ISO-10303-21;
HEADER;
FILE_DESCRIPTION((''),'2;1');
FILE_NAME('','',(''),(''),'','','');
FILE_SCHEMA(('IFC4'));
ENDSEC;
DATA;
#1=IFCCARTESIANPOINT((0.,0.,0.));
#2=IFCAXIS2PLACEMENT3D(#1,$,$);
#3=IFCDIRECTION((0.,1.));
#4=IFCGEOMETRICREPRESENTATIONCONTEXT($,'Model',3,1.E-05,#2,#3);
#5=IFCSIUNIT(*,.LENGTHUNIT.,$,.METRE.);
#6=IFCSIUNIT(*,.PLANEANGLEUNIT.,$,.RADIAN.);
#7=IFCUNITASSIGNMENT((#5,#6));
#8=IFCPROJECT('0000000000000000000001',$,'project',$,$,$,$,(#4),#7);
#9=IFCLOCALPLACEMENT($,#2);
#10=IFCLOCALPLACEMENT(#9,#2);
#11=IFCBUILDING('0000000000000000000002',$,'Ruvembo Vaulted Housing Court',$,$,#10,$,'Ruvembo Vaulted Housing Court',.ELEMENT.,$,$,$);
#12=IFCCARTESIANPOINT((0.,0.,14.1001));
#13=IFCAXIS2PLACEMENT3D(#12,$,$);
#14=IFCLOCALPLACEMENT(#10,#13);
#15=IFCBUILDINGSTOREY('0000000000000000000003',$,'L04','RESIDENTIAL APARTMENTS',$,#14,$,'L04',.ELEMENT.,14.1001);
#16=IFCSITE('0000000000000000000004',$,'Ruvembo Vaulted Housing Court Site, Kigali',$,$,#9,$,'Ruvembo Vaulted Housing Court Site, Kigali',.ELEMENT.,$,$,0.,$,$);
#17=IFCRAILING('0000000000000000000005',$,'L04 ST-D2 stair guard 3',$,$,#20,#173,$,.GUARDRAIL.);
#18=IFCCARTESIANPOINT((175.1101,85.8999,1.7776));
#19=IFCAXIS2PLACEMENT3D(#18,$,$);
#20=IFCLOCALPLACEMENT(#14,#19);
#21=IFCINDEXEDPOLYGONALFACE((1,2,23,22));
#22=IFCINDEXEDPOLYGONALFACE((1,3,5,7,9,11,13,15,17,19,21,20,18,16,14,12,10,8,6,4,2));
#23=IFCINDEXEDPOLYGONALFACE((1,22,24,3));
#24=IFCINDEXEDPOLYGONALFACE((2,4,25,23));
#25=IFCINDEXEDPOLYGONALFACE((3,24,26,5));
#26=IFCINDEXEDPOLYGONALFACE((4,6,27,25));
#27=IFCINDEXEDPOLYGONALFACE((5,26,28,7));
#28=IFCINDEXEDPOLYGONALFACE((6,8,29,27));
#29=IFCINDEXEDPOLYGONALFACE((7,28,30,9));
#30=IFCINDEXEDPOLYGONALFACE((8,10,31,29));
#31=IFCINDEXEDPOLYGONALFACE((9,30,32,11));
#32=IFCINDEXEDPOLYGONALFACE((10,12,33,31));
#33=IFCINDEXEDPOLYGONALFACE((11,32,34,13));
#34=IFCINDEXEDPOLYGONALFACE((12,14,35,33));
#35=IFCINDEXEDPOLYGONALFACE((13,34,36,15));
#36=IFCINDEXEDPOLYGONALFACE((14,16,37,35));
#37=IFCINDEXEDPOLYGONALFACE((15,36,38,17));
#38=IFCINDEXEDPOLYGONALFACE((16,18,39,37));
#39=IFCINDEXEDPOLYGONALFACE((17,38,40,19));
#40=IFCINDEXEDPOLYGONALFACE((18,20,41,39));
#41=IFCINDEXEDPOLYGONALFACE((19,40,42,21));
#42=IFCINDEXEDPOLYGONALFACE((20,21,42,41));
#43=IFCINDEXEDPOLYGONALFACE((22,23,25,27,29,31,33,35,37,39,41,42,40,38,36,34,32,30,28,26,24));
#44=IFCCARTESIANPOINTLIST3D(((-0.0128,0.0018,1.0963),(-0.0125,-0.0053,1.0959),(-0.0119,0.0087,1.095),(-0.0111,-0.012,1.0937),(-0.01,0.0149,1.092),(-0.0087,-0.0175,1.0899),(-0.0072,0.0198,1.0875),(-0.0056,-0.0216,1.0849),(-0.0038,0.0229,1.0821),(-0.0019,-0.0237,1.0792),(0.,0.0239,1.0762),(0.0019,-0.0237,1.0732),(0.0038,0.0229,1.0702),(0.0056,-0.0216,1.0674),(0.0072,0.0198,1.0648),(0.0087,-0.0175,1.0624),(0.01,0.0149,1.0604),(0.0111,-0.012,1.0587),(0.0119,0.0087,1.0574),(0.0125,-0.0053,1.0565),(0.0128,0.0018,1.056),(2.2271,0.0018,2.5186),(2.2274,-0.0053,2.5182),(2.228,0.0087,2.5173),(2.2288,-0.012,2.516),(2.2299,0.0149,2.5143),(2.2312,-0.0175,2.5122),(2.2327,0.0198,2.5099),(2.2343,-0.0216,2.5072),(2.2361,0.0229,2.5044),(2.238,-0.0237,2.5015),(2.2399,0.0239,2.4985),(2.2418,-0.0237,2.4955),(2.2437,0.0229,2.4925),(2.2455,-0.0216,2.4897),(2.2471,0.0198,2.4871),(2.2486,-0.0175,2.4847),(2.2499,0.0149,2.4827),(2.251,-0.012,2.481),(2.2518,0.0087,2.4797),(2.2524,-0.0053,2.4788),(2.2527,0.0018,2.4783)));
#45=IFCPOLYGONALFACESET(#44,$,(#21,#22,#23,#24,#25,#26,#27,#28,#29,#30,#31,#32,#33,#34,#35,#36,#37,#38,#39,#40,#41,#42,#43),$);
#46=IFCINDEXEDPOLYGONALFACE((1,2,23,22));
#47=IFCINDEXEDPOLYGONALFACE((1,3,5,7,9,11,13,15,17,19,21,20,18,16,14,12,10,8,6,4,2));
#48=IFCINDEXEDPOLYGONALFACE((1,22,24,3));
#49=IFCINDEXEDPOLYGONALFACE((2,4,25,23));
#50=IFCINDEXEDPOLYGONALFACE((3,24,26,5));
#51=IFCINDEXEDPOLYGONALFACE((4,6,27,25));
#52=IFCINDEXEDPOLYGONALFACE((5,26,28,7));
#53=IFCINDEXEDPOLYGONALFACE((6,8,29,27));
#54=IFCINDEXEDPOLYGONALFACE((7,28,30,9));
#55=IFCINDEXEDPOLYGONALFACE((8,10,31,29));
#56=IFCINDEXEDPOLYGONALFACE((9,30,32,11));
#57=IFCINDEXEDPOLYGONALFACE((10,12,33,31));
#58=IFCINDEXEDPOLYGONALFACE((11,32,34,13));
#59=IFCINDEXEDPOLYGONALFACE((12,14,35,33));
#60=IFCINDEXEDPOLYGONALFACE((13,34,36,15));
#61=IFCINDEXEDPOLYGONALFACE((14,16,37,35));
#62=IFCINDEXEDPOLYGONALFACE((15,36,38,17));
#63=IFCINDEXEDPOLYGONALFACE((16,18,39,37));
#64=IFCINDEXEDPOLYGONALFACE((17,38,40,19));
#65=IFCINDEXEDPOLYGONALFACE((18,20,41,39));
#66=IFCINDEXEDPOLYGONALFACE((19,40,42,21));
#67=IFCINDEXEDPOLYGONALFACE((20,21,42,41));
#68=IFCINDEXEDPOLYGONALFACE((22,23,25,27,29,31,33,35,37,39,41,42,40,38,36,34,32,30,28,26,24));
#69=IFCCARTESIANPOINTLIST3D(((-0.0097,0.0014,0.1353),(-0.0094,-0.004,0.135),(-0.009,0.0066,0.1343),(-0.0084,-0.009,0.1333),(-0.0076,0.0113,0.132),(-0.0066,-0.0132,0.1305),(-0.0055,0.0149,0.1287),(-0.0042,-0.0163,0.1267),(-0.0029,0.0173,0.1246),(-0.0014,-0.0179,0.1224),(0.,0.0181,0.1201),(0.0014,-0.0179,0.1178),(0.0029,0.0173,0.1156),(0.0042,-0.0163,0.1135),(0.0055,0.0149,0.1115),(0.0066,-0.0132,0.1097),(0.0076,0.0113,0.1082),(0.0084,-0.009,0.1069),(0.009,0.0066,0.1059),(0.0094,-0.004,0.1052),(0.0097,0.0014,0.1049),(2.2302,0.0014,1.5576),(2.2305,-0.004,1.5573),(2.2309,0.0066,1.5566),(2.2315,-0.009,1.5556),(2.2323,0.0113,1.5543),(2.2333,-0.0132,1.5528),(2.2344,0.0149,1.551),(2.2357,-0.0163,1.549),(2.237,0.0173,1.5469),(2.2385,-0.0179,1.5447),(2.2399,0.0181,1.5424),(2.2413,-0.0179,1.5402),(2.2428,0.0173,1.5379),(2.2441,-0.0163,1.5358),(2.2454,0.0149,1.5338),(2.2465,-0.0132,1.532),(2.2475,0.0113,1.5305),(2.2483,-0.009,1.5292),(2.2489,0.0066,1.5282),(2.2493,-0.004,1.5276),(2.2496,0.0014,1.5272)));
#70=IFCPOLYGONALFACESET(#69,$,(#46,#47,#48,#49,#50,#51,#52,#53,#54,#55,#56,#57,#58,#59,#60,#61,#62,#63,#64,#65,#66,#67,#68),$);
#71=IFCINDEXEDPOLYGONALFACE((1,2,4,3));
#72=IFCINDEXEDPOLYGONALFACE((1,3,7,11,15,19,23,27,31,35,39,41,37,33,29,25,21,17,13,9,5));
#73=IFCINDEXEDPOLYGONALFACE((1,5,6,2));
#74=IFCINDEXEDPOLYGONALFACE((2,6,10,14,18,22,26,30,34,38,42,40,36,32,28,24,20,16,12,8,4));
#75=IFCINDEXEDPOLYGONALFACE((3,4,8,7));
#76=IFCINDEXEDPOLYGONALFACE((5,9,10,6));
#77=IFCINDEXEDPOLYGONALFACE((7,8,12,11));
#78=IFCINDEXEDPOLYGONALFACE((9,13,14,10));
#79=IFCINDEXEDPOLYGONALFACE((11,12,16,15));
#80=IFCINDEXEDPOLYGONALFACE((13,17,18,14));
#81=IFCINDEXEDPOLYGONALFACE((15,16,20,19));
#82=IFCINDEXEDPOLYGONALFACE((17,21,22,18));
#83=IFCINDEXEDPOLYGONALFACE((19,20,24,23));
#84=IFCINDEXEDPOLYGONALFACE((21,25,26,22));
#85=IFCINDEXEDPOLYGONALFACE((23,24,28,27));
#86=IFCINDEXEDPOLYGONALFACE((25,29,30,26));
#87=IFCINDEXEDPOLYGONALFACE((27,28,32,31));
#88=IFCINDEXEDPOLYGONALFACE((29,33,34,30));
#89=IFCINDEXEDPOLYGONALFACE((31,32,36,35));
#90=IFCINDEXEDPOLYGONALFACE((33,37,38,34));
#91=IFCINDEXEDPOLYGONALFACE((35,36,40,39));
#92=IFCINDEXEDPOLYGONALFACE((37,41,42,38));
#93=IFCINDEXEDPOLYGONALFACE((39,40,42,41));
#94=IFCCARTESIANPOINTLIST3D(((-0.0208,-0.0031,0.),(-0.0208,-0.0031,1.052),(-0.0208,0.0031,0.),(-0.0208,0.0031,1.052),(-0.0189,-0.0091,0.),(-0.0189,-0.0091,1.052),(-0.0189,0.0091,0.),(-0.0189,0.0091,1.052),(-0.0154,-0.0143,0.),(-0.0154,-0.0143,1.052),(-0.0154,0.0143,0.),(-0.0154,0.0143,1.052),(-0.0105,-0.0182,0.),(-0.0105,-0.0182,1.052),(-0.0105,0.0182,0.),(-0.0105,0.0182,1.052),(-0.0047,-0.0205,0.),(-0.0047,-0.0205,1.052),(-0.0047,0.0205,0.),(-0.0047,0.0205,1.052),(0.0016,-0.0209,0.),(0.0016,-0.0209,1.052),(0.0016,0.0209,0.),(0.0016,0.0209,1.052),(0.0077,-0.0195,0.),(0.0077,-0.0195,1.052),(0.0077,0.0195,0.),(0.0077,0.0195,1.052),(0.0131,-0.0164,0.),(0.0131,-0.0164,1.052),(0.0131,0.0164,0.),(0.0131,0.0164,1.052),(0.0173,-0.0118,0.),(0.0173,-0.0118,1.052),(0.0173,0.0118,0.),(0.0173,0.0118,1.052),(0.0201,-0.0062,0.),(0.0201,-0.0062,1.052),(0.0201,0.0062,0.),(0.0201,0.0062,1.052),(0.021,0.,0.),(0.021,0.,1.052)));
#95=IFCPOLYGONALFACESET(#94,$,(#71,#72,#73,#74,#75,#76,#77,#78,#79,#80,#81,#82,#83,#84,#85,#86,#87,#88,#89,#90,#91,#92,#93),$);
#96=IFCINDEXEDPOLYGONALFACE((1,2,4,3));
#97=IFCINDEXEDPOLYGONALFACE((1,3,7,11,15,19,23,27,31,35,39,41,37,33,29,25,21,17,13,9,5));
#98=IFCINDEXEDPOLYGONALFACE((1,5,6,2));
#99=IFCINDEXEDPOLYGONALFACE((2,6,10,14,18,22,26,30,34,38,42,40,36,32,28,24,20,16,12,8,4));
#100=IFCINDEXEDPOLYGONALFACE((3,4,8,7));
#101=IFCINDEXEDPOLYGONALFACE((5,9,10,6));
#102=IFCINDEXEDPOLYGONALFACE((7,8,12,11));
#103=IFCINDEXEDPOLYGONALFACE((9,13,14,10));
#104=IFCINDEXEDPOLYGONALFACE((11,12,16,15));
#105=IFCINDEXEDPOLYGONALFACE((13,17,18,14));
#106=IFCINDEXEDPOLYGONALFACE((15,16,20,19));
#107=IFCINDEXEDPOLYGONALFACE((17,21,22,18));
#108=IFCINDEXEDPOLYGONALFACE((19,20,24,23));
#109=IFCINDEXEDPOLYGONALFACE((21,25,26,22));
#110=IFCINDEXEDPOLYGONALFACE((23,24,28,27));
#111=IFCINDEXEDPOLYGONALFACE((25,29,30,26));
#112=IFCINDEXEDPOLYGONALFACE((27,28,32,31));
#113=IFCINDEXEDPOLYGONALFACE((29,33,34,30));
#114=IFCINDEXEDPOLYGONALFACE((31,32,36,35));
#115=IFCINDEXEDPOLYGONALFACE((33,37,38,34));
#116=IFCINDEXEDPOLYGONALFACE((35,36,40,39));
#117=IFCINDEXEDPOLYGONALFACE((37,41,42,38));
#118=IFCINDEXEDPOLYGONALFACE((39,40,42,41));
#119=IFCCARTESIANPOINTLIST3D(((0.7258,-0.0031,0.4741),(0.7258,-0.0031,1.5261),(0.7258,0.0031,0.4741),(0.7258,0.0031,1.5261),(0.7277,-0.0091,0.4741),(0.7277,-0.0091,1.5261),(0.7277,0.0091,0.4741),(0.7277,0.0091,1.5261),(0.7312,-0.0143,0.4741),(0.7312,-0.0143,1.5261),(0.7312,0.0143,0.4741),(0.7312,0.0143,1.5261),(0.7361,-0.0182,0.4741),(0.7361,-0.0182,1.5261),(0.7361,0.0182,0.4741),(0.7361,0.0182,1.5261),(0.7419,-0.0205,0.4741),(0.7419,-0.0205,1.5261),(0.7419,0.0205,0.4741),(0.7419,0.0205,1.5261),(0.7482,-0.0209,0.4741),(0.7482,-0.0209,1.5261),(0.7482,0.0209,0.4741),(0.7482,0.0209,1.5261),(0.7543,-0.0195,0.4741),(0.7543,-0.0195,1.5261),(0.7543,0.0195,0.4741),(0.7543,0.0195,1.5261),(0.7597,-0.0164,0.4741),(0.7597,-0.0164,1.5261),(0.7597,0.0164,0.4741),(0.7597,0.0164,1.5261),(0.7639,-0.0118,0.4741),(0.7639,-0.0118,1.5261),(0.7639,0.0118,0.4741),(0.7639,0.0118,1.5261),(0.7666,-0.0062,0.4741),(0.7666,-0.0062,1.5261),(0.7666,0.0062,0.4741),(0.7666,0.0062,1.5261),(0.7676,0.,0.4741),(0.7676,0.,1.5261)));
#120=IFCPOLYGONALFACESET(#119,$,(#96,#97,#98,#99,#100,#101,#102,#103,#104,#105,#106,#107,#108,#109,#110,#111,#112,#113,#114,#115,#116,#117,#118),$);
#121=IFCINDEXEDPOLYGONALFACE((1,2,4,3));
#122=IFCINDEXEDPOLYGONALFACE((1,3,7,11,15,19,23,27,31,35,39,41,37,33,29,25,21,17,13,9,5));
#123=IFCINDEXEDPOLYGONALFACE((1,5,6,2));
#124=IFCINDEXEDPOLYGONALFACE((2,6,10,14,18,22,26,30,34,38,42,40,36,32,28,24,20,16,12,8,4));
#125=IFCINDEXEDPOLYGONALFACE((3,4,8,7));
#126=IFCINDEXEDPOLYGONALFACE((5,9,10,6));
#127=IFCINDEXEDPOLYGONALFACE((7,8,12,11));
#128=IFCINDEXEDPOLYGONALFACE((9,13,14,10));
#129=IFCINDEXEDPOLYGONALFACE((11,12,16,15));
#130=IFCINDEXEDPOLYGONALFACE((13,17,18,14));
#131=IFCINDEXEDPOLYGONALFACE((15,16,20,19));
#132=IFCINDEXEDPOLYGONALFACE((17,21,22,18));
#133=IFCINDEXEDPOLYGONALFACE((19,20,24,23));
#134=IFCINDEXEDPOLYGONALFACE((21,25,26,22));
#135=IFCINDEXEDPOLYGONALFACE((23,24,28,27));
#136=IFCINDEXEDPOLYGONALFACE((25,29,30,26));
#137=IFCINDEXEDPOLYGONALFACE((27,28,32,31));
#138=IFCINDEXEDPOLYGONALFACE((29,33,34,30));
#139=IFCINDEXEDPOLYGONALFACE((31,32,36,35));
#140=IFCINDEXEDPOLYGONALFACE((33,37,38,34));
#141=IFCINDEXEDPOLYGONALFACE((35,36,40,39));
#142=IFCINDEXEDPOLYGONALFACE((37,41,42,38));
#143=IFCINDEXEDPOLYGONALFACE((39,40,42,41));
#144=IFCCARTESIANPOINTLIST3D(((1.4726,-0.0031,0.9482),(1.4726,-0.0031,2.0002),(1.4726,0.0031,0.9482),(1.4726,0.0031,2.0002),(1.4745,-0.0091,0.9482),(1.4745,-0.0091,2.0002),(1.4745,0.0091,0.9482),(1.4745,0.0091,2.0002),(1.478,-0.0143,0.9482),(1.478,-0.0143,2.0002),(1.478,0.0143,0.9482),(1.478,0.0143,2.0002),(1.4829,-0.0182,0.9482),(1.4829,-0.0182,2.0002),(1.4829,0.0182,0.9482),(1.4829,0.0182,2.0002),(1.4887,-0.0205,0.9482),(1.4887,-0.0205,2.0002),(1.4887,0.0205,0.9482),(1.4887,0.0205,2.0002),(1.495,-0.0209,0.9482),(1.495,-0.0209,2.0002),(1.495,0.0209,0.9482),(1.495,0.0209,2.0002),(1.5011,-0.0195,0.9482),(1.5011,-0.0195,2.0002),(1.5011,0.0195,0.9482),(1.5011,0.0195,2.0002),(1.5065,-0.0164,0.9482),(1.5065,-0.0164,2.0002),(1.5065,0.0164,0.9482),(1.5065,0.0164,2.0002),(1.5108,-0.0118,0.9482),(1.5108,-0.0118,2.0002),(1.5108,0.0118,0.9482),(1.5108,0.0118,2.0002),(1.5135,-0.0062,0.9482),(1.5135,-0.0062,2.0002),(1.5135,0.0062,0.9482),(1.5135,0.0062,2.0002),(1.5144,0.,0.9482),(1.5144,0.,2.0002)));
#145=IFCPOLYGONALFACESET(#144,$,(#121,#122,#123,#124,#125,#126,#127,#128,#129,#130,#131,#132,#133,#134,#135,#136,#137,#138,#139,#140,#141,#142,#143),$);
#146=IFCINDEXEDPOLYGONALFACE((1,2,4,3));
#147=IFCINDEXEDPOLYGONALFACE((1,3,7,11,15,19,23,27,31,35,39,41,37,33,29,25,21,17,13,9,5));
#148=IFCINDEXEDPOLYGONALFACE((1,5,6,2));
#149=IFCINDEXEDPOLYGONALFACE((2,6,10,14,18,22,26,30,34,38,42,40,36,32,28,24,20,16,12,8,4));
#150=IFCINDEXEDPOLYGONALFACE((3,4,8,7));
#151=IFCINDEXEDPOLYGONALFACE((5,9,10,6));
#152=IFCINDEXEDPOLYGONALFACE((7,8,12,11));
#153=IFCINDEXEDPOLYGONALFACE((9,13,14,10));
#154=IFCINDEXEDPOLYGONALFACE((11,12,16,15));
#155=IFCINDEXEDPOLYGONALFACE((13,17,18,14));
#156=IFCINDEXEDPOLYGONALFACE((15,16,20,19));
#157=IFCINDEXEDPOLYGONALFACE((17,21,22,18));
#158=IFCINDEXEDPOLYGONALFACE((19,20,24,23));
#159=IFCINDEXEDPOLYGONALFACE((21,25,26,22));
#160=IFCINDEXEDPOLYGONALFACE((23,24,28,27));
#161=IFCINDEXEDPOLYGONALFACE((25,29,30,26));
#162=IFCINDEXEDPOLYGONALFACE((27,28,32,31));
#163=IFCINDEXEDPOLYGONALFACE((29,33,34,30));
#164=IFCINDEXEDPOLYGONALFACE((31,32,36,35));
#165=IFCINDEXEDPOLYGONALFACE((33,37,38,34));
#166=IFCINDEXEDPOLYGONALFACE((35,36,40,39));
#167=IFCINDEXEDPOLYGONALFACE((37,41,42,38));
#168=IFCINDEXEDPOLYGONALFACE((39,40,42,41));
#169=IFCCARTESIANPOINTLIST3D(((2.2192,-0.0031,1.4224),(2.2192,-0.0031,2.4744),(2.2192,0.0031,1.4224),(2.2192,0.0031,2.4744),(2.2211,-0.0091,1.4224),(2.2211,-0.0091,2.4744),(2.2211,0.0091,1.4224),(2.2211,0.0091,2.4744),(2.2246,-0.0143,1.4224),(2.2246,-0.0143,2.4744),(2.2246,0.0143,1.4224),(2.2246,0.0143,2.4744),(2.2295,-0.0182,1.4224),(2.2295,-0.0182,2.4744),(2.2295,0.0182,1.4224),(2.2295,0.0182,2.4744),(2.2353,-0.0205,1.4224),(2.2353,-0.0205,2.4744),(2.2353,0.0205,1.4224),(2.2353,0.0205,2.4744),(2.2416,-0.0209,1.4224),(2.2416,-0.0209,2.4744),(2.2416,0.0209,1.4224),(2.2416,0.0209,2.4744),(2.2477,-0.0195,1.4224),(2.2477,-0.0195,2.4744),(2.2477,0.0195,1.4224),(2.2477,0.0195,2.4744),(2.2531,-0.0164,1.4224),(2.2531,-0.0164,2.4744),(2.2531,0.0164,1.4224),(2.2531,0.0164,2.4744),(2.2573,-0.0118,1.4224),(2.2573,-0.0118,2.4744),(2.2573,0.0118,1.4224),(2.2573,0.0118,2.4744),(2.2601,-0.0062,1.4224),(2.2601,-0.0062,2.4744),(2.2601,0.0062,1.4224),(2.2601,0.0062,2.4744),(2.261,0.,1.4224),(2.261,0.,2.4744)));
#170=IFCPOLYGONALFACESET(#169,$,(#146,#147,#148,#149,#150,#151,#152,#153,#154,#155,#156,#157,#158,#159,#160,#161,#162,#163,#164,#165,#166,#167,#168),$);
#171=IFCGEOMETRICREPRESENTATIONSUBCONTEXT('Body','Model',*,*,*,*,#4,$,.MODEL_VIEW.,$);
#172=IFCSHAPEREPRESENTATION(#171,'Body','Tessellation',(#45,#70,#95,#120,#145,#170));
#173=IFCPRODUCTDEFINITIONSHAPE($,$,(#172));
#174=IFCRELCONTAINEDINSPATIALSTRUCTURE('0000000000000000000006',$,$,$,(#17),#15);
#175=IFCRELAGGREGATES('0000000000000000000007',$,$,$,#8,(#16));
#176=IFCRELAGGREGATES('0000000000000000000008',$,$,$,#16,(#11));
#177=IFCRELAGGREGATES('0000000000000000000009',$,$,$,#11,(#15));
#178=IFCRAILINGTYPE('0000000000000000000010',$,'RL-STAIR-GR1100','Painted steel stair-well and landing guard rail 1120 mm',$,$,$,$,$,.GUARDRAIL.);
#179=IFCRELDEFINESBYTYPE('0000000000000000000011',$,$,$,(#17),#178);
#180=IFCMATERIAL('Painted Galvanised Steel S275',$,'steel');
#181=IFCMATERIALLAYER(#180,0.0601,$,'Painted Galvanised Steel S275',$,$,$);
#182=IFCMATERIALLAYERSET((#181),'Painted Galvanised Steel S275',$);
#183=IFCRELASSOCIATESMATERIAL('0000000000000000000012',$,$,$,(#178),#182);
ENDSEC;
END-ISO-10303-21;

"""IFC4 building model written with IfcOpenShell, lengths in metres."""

from ifc_helpers import new_model, si_unit, direction, frame, origin, origin_2d, place, context, subcontext, project, spatial, circle, extrude, material, layer, layer_set, type_object, element, save


model = new_model("IFC4")

# Units and contexts
model_context = context("Model", 3, precision=1e-05, world=origin(), true_north=direction((0.0, 1.0)))
body_context = subcontext(model_context, "Body", "Model", "MODEL_VIEW")
ifc_project = project(units=[si_unit("LENGTHUNIT", "METRE"), si_unit("PLANEANGLEUNIT", "RADIAN")], contexts=[model_context])

# Site, building, storey
site_placement = place(None, origin())
site = spatial("IfcSite", under=ifc_project, at=site_placement, Name="Ruvembo Vaulted Housing Court Site, Kigali", LongName="Ruvembo Vaulted Housing Court Site, Kigali", CompositionType="ELEMENT", RefElevation=0.0)
building_placement = place(site_placement, origin())
building = spatial("IfcBuilding", under=site, at=building_placement, Name="Ruvembo Vaulted Housing Court", LongName="Ruvembo Vaulted Housing Court", CompositionType="ELEMENT")
storey_placement = place(building_placement, frame((0.0, 0.0, 14.1001)))
storey = spatial("IfcBuildingStorey", under=building, at=storey_placement, Name="L04", Description="RESIDENTIAL APARTMENTS", LongName="L04", CompositionType="ELEMENT", Elevation=14.1001)

# Railing
ifc_material_1 = material(Name="Painted Galvanised Steel S275", Category="steel")
ifc_layer_1 = layer(ifc_material_1, 0.0601, Name="Painted Galvanised Steel S275")
ifc_layer_set_1 = layer_set([ifc_layer_1], Name="Painted Galvanised Steel S275")
railing_type_1 = type_object("IfcRailingType", Name="RL-STAIR-GR1100", Description="Painted steel stair-well and landing guard rail 1120 mm", PredefinedType="GUARDRAIL", material=ifc_layer_set_1)
railing_1_placement = place(storey_placement, frame((175.1101, 85.8999, 1.7776)))
element("IfcRailing", 1, at=railing_1_placement, inside=storey, type_object=railing_type_1, Name="L04 ST-D2 stair guard 3", PredefinedType="GUARDRAIL", context=body_context, shape_type="SweptSolid", body=[
    extrude(circle(Radius=0.0239, at=origin_2d()), frame((0.0, 0.0, 1.0762), z_axis=(0.844188, 0.0, 0.536048), x_axis=(0.0, 1.0, 0.0)), (0.0, 0.0, 1.0), 2.6533),
    extrude(circle(Radius=0.0181, at=origin_2d()), frame((0.0, 0.0, 0.1201), z_axis=(0.844188, 0.0, 0.536048), x_axis=(0.0, 1.0, 0.0)), (0.0, 0.0, 1.0), 2.6533),
    extrude(circle(Radius=0.021, at=origin_2d()), origin(), (0.0, 0.0, 1.0), 1.052),
    extrude(circle(Radius=0.021, at=origin_2d()), frame((0.7466, 0.0, 0.4741)), (0.0, 0.0, 1.0), 1.052),
    extrude(circle(Radius=0.021, at=origin_2d()), frame((1.4934, 0.0, 0.9482)), (0.0, 0.0, 1.0), 1.052),
    extrude(circle(Radius=0.021, at=origin_2d()), frame((2.24, 0.0, 1.4224)), (0.0, 0.0, 1.0), 1.052),
])

save(model, "model.ifc")
